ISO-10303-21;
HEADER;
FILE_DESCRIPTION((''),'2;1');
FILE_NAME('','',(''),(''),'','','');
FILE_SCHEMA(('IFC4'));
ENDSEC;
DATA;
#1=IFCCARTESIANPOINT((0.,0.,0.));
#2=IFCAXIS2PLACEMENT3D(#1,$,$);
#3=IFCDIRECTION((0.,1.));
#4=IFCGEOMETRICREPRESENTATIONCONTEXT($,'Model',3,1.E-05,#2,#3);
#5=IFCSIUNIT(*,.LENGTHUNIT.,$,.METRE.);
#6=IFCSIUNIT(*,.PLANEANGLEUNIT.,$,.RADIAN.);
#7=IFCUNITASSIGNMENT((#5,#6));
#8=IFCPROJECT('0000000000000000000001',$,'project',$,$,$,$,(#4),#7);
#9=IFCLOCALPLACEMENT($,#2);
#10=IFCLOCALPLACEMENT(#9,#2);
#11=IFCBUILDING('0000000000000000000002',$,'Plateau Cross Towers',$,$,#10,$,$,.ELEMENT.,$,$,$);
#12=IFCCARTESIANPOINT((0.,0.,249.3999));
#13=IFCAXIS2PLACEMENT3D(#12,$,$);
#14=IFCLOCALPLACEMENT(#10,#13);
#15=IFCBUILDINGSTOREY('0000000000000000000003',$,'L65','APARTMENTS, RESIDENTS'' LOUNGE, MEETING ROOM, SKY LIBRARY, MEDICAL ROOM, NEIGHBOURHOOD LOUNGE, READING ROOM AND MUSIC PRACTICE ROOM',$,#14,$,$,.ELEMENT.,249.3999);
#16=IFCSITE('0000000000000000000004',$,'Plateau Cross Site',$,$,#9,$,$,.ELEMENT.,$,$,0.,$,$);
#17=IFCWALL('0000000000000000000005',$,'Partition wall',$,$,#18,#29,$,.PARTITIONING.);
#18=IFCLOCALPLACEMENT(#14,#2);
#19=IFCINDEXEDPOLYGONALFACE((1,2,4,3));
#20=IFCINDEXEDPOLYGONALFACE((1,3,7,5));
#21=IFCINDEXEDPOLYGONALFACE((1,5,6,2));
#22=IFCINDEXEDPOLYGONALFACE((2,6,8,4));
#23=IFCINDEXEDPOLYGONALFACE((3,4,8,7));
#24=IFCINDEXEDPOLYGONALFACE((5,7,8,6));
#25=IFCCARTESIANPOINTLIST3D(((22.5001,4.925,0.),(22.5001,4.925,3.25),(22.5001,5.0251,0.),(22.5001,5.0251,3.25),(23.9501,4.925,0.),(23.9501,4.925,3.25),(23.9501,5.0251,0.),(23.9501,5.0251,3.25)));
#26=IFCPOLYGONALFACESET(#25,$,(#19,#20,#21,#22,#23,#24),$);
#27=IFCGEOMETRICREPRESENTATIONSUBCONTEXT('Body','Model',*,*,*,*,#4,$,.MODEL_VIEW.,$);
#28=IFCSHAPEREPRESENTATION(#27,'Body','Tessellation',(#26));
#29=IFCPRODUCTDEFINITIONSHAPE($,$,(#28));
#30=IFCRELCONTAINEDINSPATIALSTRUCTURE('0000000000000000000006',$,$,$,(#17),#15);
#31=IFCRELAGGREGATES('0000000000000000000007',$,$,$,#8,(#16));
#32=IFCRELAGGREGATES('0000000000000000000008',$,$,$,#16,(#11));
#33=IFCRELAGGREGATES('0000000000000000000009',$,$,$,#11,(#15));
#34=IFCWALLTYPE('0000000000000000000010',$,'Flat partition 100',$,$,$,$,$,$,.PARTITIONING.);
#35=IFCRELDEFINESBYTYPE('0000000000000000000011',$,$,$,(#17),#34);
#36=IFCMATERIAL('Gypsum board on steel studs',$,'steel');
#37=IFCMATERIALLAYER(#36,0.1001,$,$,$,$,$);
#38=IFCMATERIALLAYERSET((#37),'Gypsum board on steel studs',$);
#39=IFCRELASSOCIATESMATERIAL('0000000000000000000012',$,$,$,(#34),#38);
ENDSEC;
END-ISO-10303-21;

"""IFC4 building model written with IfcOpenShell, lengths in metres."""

from ifc_helpers import new_model, si_unit, direction, frame, frame_2d, origin, place, context, subcontext, project, spatial, rectangle, extrude, material, layer, layer_set, type_object, element, save


model = new_model("IFC4")

# Units and contexts
model_context = context("Model", 3, precision=1e-05, world=origin(), true_north=direction((0.0, 1.0)))
body_context = subcontext(model_context, "Body", "Model", "MODEL_VIEW")
ifc_project = project(units=[si_unit("LENGTHUNIT", "METRE"), si_unit("PLANEANGLEUNIT", "RADIAN")], contexts=[model_context])

# Site, building, storey
site_placement = place(None, origin())
site = spatial("IfcSite", under=ifc_project, at=site_placement, Name="Plateau Cross Site", CompositionType="ELEMENT", RefElevation=0.0)
building_placement = place(site_placement, origin())
building = spatial("IfcBuilding", under=site, at=building_placement, Name="Plateau Cross Towers", CompositionType="ELEMENT")
storey_placement = place(building_placement, frame((0.0, 0.0, 249.3999)))
storey = spatial("IfcBuildingStorey", under=building, at=storey_placement, Name="L65", Description="APARTMENTS, RESIDENTS' LOUNGE, MEETING ROOM, SKY LIBRARY, MEDICAL ROOM, NEIGHBOURHOOD LOUNGE, READING ROOM AND MUSIC PRACTICE ROOM", CompositionType="ELEMENT", Elevation=249.3999)

# Wall
ifc_material_1 = material(Name="Gypsum board on steel studs", Category="steel")
ifc_layer_1 = layer(ifc_material_1, 0.1001)
ifc_layer_set_1 = layer_set([ifc_layer_1], Name="Gypsum board on steel studs")
wall_type_1 = type_object("IfcWallType", Name="Flat partition 100", PredefinedType="PARTITIONING", material=ifc_layer_set_1)
wall_1_placement = place(storey_placement, frame((22.5, 4.9751, 0.0), z_axis=(0.0, 0.0, 1.0), x_axis=(1.0, 0.0, 0.0)))
element("IfcWall", 1, at=wall_1_placement, inside=storey, type_object=wall_type_1, Name="Partition wall", PredefinedType="PARTITIONING", context=body_context, shape_type="SweptSolid", body=[
    extrude(rectangle(XDim=1.45, YDim=0.1001, at=frame_2d((0.7251, 0.0))), origin(), (0.0, 0.0, 1.0), 3.25),
])

save(model, "model.ifc")
